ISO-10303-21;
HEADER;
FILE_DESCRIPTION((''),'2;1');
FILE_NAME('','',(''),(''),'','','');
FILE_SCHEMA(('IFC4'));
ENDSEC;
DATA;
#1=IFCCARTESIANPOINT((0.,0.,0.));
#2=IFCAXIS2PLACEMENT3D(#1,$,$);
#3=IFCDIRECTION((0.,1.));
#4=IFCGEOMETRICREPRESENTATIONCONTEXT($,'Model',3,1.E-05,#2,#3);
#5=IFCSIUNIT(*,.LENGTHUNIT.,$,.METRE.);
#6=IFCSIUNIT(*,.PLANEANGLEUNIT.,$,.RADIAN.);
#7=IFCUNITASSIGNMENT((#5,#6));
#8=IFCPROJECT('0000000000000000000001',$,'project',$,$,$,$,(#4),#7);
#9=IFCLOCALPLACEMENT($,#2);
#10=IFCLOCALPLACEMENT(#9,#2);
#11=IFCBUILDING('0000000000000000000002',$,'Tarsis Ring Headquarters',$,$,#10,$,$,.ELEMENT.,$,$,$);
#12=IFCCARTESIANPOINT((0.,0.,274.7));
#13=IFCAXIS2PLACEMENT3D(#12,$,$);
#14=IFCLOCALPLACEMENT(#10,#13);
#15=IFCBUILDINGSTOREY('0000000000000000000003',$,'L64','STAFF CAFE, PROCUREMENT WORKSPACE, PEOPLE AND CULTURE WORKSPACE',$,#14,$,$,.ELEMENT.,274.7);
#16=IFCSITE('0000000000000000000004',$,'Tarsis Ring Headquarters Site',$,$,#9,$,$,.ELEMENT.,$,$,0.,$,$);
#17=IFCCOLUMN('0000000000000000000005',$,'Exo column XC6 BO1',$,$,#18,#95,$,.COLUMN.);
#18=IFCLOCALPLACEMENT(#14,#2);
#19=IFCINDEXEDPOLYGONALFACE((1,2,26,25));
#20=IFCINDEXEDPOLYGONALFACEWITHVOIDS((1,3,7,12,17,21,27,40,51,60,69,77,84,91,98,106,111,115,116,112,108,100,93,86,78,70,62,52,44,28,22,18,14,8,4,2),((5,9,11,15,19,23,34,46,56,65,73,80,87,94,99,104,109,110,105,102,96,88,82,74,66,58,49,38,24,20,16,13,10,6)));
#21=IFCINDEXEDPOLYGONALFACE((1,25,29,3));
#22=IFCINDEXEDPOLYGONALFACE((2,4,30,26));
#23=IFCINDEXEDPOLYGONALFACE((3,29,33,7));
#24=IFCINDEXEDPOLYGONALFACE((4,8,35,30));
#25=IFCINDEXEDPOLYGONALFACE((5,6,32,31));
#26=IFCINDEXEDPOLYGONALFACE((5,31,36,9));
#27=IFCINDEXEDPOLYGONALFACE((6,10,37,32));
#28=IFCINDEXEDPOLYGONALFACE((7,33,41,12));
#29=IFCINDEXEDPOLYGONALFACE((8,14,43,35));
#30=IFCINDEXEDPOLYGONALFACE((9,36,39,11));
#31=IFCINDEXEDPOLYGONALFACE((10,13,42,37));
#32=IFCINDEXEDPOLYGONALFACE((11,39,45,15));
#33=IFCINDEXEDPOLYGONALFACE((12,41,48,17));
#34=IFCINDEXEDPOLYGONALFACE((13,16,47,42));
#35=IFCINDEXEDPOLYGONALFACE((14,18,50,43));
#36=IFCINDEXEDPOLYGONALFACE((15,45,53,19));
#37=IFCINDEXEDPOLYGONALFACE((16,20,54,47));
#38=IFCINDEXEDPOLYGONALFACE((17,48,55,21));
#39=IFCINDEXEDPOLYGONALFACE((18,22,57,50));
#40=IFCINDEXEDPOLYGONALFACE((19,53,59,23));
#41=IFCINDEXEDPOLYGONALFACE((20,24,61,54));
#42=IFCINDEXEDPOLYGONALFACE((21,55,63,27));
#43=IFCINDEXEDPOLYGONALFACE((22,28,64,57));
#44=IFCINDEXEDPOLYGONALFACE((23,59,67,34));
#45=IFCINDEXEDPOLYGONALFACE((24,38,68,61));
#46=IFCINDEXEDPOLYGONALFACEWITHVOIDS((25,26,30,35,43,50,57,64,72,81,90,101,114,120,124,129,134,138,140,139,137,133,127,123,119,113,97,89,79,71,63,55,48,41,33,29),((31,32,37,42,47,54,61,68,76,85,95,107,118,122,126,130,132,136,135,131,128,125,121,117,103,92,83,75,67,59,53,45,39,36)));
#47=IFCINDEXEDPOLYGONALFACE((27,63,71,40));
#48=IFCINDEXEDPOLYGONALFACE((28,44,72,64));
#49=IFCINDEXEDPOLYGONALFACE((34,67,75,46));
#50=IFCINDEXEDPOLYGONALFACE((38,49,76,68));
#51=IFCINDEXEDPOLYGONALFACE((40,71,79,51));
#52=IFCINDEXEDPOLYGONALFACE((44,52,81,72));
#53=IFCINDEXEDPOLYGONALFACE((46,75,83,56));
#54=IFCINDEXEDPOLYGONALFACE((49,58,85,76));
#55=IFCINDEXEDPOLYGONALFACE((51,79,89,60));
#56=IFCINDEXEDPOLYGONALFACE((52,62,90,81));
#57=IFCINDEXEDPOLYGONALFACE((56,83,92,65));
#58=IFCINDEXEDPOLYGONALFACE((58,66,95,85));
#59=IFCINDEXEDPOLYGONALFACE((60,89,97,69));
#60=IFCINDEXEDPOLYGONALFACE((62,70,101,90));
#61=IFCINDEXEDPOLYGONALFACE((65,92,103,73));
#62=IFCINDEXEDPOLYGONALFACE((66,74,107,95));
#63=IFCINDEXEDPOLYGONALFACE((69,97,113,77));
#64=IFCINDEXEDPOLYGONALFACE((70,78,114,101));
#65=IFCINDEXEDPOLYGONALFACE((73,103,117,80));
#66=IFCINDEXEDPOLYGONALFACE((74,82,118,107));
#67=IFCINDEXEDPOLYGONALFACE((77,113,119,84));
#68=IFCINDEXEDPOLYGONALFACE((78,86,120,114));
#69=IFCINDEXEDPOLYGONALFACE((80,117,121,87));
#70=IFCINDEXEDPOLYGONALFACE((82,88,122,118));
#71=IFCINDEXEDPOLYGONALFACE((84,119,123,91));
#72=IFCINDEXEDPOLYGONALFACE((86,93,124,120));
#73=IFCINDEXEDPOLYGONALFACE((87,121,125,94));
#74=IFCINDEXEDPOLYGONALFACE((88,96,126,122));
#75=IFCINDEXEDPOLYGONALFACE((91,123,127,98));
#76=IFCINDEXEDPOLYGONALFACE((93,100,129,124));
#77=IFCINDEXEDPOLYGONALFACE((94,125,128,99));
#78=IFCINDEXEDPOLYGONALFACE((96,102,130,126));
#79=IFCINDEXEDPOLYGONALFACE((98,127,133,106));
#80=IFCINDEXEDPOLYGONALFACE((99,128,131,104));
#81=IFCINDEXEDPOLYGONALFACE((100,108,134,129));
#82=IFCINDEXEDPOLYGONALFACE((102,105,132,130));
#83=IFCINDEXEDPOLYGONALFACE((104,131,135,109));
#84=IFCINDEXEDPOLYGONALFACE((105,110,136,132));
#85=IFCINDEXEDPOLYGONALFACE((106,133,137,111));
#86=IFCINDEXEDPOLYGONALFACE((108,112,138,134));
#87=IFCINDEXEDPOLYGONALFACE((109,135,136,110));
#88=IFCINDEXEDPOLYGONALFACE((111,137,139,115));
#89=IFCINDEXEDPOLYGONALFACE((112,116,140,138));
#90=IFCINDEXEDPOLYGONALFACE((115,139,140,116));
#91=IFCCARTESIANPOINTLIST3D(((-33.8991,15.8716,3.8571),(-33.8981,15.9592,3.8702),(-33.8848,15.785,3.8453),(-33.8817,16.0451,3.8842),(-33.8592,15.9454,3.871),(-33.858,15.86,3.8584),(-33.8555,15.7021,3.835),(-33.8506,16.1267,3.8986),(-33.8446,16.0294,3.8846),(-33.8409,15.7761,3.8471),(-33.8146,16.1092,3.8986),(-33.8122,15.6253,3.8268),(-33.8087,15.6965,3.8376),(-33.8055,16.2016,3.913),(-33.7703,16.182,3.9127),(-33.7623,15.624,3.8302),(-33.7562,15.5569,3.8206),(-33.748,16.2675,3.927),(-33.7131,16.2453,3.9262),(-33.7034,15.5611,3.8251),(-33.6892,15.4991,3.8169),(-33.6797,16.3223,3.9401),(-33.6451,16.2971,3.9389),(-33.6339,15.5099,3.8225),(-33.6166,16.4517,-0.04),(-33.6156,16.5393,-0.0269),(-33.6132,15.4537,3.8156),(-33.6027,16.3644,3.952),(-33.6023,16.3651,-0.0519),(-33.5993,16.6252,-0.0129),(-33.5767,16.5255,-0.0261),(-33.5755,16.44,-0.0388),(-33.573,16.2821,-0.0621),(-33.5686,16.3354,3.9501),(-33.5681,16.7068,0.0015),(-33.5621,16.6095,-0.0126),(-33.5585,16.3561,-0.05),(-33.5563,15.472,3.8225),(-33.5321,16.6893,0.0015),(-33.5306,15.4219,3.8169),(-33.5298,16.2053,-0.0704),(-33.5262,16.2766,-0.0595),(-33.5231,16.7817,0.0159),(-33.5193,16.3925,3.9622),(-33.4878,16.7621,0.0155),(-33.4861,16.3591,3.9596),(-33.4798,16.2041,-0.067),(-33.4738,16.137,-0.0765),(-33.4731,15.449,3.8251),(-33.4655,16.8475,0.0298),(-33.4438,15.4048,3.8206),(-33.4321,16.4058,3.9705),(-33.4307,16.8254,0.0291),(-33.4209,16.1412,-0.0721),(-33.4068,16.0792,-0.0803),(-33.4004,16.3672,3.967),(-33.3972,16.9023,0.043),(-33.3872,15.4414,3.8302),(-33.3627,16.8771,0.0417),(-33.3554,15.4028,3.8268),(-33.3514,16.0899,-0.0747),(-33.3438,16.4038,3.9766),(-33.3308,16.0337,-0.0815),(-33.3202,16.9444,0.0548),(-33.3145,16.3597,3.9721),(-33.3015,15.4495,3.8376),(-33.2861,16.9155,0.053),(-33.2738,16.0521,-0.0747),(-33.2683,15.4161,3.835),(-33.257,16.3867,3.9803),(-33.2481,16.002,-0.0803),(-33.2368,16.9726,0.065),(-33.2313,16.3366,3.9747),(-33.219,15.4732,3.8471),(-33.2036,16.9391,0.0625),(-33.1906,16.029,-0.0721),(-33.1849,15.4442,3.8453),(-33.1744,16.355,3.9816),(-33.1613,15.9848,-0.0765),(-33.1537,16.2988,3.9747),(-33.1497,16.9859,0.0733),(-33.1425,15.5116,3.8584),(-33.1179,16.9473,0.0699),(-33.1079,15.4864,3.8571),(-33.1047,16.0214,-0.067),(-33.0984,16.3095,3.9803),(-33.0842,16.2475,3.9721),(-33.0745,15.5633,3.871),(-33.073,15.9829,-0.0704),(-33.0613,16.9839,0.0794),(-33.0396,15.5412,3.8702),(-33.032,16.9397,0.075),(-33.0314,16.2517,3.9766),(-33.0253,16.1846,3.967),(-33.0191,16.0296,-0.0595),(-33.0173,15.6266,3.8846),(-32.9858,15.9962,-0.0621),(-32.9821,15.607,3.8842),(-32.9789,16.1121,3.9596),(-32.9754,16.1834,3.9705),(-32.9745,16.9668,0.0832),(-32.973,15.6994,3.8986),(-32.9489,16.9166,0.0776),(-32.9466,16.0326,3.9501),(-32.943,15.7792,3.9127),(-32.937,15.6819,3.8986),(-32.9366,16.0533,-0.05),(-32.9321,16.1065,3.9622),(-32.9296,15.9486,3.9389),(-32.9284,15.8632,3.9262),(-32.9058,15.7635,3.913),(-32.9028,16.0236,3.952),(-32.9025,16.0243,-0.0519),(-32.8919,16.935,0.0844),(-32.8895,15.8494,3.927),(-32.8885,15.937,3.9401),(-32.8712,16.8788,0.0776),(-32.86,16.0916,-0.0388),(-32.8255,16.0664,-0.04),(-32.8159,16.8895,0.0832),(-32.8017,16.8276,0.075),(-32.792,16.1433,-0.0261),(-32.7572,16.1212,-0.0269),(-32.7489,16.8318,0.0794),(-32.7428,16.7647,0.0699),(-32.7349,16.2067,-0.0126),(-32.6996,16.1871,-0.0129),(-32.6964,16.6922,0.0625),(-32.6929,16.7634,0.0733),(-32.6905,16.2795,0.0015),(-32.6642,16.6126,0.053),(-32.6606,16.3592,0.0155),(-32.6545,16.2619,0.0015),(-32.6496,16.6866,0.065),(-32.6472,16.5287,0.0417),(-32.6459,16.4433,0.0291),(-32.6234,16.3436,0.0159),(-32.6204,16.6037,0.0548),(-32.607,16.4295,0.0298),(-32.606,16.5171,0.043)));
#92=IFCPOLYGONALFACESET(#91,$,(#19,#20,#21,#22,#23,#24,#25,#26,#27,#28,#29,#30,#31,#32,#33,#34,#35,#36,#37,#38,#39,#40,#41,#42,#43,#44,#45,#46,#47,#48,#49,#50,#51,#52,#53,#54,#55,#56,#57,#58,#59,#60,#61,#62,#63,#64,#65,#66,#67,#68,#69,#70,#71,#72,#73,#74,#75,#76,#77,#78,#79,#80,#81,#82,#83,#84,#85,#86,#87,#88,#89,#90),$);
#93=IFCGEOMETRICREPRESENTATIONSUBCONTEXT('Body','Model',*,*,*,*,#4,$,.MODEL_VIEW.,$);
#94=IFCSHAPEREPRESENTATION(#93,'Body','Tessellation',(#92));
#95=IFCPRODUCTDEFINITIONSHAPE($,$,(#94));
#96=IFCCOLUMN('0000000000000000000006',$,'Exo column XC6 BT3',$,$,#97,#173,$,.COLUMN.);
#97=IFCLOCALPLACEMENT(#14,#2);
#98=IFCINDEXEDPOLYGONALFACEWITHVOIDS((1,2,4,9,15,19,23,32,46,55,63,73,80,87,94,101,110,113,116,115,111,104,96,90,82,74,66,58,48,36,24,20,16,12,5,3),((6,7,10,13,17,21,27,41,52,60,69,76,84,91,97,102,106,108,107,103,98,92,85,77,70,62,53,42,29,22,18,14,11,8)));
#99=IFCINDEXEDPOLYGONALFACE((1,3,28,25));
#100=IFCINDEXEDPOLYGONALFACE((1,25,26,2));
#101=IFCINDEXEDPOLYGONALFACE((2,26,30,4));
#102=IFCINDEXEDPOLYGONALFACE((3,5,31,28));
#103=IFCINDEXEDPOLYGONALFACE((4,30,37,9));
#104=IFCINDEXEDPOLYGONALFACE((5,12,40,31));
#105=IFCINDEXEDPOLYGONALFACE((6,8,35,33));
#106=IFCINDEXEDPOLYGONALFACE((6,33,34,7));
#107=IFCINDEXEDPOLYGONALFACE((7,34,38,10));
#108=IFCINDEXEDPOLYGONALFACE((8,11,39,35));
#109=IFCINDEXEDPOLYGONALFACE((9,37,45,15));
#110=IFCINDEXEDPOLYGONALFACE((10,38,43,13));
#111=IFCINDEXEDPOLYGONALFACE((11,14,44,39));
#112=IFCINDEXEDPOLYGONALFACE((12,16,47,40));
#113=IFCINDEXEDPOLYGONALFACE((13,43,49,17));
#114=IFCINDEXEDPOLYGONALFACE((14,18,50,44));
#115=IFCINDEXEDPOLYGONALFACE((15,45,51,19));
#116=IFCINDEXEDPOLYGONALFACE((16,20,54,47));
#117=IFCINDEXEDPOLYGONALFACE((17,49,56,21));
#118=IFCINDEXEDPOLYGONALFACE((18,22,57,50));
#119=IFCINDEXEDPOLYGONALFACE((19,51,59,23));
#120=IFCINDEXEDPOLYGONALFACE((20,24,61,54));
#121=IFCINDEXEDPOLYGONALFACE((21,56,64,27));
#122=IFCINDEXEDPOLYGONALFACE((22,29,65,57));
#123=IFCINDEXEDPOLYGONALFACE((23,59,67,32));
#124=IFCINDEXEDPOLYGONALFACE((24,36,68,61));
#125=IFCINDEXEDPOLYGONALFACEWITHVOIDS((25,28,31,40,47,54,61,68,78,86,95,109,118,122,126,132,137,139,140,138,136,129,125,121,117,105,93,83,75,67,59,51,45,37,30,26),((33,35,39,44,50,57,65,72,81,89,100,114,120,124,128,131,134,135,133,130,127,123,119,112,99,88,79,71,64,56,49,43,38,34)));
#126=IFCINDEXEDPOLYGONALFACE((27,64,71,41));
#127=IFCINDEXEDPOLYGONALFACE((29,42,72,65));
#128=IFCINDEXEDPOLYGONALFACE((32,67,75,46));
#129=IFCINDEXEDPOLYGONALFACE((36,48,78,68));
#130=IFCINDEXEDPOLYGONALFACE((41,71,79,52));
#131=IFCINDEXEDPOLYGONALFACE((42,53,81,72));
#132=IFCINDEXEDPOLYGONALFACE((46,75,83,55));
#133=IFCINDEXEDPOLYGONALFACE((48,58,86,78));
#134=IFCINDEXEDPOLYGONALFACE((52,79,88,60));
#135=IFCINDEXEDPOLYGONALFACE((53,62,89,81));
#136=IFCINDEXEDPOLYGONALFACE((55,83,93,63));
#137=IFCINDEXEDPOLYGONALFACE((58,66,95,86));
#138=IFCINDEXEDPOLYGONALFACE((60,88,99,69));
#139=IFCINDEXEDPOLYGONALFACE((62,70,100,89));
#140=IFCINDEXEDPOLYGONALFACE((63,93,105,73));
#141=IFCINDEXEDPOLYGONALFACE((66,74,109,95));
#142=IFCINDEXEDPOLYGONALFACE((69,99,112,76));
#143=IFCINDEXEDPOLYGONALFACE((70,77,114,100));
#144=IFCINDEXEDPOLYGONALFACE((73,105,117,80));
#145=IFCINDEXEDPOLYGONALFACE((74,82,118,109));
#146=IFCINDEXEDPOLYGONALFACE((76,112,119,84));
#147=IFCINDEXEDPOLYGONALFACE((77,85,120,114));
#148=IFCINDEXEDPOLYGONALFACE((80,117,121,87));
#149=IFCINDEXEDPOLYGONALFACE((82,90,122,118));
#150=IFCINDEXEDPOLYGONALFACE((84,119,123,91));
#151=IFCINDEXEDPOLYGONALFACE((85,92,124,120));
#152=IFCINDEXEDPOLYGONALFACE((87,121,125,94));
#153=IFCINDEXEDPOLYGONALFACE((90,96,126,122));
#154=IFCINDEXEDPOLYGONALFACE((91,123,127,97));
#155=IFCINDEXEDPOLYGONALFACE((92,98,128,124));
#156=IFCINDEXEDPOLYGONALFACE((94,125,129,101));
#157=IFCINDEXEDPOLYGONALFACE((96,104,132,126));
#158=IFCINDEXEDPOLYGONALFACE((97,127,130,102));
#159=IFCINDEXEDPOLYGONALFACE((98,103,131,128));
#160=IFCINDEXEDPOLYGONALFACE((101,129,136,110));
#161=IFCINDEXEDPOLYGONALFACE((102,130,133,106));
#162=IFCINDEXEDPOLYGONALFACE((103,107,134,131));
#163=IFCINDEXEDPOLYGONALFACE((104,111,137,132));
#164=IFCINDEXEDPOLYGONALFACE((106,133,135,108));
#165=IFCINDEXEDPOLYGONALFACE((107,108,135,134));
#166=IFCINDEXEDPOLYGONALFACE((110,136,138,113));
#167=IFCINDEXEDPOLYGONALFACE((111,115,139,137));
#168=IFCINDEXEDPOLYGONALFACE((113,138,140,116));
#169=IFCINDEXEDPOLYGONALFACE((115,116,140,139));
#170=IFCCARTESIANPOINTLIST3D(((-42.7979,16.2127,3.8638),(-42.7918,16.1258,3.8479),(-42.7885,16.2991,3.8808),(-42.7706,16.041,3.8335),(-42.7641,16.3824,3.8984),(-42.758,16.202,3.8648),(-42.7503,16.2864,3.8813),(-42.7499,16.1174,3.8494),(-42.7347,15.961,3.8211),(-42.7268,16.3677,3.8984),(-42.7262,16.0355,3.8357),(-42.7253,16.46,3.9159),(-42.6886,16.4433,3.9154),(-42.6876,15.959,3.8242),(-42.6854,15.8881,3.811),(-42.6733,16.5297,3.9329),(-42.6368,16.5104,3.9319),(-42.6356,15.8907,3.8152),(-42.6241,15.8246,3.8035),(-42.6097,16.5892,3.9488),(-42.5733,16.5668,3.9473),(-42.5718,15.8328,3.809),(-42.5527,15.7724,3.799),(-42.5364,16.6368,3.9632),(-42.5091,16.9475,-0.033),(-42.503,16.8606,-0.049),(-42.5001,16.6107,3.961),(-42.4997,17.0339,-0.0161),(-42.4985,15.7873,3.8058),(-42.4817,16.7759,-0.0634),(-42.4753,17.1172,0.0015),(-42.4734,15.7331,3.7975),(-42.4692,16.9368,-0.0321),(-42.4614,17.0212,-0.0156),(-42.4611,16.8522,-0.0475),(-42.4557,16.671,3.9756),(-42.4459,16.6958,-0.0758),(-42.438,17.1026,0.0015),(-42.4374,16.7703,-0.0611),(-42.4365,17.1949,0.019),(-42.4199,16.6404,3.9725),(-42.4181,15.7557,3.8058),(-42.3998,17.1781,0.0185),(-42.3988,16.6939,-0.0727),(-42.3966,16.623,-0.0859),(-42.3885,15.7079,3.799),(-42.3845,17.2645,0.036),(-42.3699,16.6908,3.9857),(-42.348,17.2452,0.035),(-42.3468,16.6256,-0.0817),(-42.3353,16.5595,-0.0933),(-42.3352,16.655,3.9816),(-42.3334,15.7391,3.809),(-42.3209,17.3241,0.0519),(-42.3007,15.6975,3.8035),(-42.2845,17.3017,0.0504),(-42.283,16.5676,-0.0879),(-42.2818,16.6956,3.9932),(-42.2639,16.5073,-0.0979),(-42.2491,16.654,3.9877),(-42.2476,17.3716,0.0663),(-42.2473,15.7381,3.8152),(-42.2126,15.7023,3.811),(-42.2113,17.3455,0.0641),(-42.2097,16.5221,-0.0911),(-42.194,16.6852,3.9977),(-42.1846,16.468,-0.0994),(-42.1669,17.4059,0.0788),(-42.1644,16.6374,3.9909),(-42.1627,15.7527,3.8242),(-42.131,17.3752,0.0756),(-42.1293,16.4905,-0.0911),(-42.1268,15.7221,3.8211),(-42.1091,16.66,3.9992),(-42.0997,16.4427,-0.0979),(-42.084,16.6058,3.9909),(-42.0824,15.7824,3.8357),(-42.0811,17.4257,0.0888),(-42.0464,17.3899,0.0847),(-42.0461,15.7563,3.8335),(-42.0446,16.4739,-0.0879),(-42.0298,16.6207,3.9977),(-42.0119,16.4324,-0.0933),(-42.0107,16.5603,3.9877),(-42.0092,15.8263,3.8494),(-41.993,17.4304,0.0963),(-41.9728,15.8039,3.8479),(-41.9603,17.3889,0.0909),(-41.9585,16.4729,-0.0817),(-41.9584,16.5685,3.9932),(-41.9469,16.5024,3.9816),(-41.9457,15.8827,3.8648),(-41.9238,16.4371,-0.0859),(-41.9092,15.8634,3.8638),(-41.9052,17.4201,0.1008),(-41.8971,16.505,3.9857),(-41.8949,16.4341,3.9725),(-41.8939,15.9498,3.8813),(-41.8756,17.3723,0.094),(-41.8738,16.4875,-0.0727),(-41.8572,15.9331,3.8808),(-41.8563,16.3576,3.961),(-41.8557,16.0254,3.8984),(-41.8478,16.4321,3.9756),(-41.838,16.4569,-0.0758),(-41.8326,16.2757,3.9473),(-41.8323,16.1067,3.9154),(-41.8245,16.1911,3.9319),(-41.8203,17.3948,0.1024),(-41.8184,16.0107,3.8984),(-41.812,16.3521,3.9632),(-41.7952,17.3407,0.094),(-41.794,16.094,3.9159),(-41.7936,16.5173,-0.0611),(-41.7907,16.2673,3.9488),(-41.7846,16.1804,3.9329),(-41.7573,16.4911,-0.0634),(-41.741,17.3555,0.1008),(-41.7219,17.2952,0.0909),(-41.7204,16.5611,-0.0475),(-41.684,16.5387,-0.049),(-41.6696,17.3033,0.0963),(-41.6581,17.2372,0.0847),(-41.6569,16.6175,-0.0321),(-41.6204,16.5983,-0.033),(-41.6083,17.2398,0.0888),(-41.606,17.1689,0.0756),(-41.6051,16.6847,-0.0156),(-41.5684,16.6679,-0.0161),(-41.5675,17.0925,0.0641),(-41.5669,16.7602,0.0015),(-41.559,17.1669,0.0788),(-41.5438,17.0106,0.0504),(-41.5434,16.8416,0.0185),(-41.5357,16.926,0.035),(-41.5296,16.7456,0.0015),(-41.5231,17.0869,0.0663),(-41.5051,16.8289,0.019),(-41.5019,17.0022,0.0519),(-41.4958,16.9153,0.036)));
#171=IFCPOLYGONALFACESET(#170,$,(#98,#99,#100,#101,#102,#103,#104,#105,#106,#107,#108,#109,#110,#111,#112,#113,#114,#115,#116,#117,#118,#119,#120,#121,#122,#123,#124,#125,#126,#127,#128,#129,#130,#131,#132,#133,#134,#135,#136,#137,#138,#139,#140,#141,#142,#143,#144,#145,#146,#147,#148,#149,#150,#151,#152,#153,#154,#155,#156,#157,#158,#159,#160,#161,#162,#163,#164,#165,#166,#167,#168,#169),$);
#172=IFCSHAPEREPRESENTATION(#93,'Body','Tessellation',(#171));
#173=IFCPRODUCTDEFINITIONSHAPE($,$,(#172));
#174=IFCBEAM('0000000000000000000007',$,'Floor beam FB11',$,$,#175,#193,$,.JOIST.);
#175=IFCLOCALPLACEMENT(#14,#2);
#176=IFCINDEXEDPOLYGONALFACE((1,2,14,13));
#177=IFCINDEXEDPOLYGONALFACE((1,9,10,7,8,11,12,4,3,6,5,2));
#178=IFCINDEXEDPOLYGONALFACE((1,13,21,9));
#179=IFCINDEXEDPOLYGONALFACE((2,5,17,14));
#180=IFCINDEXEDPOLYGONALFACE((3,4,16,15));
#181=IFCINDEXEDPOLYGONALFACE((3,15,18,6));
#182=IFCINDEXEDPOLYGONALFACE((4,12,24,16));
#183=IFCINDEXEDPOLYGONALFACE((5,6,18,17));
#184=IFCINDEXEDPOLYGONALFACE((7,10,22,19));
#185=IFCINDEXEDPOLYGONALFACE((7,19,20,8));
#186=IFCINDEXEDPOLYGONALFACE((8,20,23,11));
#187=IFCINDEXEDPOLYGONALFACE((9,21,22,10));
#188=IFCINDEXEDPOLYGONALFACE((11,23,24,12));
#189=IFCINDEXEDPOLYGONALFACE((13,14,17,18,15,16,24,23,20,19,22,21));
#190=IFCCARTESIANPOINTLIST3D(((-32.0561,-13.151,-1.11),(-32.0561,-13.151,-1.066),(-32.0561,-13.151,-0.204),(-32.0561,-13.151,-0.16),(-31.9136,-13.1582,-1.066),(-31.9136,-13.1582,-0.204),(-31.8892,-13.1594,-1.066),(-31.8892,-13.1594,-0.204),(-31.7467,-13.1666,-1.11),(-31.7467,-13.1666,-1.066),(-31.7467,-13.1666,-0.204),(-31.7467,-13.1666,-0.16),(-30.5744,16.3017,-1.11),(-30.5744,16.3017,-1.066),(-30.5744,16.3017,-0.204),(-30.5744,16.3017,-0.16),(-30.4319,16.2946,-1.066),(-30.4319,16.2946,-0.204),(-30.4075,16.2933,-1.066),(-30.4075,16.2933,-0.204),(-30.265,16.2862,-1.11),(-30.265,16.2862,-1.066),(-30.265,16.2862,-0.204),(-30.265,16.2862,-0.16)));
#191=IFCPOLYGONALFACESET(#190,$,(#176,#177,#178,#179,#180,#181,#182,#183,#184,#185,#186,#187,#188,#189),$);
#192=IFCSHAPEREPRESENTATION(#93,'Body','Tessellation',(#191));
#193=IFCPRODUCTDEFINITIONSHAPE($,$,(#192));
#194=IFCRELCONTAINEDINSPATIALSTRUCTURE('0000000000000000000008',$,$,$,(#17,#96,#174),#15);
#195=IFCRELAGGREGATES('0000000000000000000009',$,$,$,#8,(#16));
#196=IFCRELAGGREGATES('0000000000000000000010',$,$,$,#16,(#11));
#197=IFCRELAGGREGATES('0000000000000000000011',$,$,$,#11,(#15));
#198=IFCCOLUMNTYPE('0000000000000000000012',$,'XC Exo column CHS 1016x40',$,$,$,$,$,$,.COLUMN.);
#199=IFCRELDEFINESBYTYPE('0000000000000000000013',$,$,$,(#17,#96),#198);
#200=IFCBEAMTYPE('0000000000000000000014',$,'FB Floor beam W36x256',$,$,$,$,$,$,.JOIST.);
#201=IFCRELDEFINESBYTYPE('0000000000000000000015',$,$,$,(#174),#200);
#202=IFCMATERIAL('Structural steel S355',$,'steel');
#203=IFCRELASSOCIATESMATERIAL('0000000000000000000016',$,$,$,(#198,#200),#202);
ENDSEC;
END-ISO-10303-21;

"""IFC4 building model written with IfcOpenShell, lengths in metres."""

from ifc_helpers import new_model, si_unit, direction, frame, origin, origin_2d, place, context, subcontext, project, spatial, hollow_circle, i_section, extrude, material, material_profile, profile_set, type_object, element, save


model = new_model("IFC4")

# Units and contexts
model_context = context("Model", 3, precision=1e-05, world=origin(), true_north=direction((0.0, 1.0)))
body_context = subcontext(model_context, "Body", "Model", "MODEL_VIEW")
ifc_project = project(units=[si_unit("LENGTHUNIT", "METRE"), si_unit("PLANEANGLEUNIT", "RADIAN")], contexts=[model_context])

# Site, building, storey
site_placement = place(None, origin())
site = spatial("IfcSite", under=ifc_project, at=site_placement, Name="Tarsis Ring Headquarters Site", CompositionType="ELEMENT", RefElevation=0.0)
building_placement = place(site_placement, origin())
building = spatial("IfcBuilding", under=site, at=building_placement, Name="Tarsis Ring Headquarters", CompositionType="ELEMENT")
storey_placement = place(building_placement, frame((0.0, 0.0, 274.7)))
storey = spatial("IfcBuildingStorey", under=building, at=storey_placement, Name="L64", Description="STAFF CAFE, PROCUREMENT WORKSPACE, PEOPLE AND CULTURE WORKSPACE", CompositionType="ELEMENT", Elevation=274.7)

# Columns
ifc_material_1 = material(Name="Structural steel S355", Category="steel")
ifc_material_profile_1 = material_profile(ifc_material_1, hollow_circle(Radius=0.5081, WallThickness=0.04, at=origin_2d()), Name="CHS 1016x40")
ifc_profile_set_1 = profile_set([ifc_material_profile_1], Name="Structural steel S355")
column_type = type_object("IfcColumnType", Name="XC Exo column CHS 1016x40", PredefinedType="COLUMN", material=ifc_profile_set_1)
column_1_placement = place(storey_placement, frame((-33.1113, 16.4844, 0.0015), z_axis=(-0.071507, -0.146845, 0.986571), x_axis=(0.89907, -0.437805, 0.0)))
element("IfcColumn", 1, at=column_1_placement, inside=storey, type_object=column_type, Name="Exo column XC6 BO1", PredefinedType="COLUMN", context=body_context, shape_type="SweptSolid", body=[
    extrude(hollow_circle(Radius=0.5081, WallThickness=0.04, at=origin_2d()), origin(), (0.0, 0.0, 1.0), 3.9502),
])
column_2_placement = place(storey_placement, frame((-42.0024, 16.9314, 0.0015), z_axis=(-0.072638, -0.184817, 0.980085), x_axis=(0.930699, -0.365786, 0.0)))
element("IfcColumn", 2, at=column_2_placement, inside=storey, type_object=column_type, Name="Exo column XC6 BT3", PredefinedType="COLUMN", context=body_context, shape_type="SweptSolid", body=[
    extrude(hollow_circle(Radius=0.5081, WallThickness=0.04, at=origin_2d()), origin(), (0.0, 0.0, 1.0), 3.9761),
])

# Beam
ifc_material_profile_2 = material_profile(ifc_material_1, i_section(OverallWidth=0.3098, OverallDepth=0.95, WebThickness=0.0244, FlangeThickness=0.0439, at=origin_2d()), Name="W36x256")
ifc_profile_set_2 = profile_set([ifc_material_profile_2], Name="Structural steel S355")
beam_type_1 = type_object("IfcBeamType", Name="FB Floor beam W36x256", PredefinedType="JOIST", material=ifc_profile_set_2)
beam_1_placement = place(storey_placement, frame((-30.4197, 16.2939, -0.635), z_axis=(-0.050244, -0.998737, 0.0), x_axis=(0.998737, -0.050244, 0.0)))
element("IfcBeam", 3, at=beam_1_placement, inside=storey, type_object=beam_type_1, Name="Floor beam FB11", PredefinedType="JOIST", context=body_context, shape_type="SweptSolid", body=[
    extrude(i_section(OverallWidth=0.3098, OverallDepth=0.95, WebThickness=0.0244, FlangeThickness=0.0439, at=origin_2d()), origin(), (0.0, 0.0, 1.0), 29.49),
])

save(model, "model.ifc")
